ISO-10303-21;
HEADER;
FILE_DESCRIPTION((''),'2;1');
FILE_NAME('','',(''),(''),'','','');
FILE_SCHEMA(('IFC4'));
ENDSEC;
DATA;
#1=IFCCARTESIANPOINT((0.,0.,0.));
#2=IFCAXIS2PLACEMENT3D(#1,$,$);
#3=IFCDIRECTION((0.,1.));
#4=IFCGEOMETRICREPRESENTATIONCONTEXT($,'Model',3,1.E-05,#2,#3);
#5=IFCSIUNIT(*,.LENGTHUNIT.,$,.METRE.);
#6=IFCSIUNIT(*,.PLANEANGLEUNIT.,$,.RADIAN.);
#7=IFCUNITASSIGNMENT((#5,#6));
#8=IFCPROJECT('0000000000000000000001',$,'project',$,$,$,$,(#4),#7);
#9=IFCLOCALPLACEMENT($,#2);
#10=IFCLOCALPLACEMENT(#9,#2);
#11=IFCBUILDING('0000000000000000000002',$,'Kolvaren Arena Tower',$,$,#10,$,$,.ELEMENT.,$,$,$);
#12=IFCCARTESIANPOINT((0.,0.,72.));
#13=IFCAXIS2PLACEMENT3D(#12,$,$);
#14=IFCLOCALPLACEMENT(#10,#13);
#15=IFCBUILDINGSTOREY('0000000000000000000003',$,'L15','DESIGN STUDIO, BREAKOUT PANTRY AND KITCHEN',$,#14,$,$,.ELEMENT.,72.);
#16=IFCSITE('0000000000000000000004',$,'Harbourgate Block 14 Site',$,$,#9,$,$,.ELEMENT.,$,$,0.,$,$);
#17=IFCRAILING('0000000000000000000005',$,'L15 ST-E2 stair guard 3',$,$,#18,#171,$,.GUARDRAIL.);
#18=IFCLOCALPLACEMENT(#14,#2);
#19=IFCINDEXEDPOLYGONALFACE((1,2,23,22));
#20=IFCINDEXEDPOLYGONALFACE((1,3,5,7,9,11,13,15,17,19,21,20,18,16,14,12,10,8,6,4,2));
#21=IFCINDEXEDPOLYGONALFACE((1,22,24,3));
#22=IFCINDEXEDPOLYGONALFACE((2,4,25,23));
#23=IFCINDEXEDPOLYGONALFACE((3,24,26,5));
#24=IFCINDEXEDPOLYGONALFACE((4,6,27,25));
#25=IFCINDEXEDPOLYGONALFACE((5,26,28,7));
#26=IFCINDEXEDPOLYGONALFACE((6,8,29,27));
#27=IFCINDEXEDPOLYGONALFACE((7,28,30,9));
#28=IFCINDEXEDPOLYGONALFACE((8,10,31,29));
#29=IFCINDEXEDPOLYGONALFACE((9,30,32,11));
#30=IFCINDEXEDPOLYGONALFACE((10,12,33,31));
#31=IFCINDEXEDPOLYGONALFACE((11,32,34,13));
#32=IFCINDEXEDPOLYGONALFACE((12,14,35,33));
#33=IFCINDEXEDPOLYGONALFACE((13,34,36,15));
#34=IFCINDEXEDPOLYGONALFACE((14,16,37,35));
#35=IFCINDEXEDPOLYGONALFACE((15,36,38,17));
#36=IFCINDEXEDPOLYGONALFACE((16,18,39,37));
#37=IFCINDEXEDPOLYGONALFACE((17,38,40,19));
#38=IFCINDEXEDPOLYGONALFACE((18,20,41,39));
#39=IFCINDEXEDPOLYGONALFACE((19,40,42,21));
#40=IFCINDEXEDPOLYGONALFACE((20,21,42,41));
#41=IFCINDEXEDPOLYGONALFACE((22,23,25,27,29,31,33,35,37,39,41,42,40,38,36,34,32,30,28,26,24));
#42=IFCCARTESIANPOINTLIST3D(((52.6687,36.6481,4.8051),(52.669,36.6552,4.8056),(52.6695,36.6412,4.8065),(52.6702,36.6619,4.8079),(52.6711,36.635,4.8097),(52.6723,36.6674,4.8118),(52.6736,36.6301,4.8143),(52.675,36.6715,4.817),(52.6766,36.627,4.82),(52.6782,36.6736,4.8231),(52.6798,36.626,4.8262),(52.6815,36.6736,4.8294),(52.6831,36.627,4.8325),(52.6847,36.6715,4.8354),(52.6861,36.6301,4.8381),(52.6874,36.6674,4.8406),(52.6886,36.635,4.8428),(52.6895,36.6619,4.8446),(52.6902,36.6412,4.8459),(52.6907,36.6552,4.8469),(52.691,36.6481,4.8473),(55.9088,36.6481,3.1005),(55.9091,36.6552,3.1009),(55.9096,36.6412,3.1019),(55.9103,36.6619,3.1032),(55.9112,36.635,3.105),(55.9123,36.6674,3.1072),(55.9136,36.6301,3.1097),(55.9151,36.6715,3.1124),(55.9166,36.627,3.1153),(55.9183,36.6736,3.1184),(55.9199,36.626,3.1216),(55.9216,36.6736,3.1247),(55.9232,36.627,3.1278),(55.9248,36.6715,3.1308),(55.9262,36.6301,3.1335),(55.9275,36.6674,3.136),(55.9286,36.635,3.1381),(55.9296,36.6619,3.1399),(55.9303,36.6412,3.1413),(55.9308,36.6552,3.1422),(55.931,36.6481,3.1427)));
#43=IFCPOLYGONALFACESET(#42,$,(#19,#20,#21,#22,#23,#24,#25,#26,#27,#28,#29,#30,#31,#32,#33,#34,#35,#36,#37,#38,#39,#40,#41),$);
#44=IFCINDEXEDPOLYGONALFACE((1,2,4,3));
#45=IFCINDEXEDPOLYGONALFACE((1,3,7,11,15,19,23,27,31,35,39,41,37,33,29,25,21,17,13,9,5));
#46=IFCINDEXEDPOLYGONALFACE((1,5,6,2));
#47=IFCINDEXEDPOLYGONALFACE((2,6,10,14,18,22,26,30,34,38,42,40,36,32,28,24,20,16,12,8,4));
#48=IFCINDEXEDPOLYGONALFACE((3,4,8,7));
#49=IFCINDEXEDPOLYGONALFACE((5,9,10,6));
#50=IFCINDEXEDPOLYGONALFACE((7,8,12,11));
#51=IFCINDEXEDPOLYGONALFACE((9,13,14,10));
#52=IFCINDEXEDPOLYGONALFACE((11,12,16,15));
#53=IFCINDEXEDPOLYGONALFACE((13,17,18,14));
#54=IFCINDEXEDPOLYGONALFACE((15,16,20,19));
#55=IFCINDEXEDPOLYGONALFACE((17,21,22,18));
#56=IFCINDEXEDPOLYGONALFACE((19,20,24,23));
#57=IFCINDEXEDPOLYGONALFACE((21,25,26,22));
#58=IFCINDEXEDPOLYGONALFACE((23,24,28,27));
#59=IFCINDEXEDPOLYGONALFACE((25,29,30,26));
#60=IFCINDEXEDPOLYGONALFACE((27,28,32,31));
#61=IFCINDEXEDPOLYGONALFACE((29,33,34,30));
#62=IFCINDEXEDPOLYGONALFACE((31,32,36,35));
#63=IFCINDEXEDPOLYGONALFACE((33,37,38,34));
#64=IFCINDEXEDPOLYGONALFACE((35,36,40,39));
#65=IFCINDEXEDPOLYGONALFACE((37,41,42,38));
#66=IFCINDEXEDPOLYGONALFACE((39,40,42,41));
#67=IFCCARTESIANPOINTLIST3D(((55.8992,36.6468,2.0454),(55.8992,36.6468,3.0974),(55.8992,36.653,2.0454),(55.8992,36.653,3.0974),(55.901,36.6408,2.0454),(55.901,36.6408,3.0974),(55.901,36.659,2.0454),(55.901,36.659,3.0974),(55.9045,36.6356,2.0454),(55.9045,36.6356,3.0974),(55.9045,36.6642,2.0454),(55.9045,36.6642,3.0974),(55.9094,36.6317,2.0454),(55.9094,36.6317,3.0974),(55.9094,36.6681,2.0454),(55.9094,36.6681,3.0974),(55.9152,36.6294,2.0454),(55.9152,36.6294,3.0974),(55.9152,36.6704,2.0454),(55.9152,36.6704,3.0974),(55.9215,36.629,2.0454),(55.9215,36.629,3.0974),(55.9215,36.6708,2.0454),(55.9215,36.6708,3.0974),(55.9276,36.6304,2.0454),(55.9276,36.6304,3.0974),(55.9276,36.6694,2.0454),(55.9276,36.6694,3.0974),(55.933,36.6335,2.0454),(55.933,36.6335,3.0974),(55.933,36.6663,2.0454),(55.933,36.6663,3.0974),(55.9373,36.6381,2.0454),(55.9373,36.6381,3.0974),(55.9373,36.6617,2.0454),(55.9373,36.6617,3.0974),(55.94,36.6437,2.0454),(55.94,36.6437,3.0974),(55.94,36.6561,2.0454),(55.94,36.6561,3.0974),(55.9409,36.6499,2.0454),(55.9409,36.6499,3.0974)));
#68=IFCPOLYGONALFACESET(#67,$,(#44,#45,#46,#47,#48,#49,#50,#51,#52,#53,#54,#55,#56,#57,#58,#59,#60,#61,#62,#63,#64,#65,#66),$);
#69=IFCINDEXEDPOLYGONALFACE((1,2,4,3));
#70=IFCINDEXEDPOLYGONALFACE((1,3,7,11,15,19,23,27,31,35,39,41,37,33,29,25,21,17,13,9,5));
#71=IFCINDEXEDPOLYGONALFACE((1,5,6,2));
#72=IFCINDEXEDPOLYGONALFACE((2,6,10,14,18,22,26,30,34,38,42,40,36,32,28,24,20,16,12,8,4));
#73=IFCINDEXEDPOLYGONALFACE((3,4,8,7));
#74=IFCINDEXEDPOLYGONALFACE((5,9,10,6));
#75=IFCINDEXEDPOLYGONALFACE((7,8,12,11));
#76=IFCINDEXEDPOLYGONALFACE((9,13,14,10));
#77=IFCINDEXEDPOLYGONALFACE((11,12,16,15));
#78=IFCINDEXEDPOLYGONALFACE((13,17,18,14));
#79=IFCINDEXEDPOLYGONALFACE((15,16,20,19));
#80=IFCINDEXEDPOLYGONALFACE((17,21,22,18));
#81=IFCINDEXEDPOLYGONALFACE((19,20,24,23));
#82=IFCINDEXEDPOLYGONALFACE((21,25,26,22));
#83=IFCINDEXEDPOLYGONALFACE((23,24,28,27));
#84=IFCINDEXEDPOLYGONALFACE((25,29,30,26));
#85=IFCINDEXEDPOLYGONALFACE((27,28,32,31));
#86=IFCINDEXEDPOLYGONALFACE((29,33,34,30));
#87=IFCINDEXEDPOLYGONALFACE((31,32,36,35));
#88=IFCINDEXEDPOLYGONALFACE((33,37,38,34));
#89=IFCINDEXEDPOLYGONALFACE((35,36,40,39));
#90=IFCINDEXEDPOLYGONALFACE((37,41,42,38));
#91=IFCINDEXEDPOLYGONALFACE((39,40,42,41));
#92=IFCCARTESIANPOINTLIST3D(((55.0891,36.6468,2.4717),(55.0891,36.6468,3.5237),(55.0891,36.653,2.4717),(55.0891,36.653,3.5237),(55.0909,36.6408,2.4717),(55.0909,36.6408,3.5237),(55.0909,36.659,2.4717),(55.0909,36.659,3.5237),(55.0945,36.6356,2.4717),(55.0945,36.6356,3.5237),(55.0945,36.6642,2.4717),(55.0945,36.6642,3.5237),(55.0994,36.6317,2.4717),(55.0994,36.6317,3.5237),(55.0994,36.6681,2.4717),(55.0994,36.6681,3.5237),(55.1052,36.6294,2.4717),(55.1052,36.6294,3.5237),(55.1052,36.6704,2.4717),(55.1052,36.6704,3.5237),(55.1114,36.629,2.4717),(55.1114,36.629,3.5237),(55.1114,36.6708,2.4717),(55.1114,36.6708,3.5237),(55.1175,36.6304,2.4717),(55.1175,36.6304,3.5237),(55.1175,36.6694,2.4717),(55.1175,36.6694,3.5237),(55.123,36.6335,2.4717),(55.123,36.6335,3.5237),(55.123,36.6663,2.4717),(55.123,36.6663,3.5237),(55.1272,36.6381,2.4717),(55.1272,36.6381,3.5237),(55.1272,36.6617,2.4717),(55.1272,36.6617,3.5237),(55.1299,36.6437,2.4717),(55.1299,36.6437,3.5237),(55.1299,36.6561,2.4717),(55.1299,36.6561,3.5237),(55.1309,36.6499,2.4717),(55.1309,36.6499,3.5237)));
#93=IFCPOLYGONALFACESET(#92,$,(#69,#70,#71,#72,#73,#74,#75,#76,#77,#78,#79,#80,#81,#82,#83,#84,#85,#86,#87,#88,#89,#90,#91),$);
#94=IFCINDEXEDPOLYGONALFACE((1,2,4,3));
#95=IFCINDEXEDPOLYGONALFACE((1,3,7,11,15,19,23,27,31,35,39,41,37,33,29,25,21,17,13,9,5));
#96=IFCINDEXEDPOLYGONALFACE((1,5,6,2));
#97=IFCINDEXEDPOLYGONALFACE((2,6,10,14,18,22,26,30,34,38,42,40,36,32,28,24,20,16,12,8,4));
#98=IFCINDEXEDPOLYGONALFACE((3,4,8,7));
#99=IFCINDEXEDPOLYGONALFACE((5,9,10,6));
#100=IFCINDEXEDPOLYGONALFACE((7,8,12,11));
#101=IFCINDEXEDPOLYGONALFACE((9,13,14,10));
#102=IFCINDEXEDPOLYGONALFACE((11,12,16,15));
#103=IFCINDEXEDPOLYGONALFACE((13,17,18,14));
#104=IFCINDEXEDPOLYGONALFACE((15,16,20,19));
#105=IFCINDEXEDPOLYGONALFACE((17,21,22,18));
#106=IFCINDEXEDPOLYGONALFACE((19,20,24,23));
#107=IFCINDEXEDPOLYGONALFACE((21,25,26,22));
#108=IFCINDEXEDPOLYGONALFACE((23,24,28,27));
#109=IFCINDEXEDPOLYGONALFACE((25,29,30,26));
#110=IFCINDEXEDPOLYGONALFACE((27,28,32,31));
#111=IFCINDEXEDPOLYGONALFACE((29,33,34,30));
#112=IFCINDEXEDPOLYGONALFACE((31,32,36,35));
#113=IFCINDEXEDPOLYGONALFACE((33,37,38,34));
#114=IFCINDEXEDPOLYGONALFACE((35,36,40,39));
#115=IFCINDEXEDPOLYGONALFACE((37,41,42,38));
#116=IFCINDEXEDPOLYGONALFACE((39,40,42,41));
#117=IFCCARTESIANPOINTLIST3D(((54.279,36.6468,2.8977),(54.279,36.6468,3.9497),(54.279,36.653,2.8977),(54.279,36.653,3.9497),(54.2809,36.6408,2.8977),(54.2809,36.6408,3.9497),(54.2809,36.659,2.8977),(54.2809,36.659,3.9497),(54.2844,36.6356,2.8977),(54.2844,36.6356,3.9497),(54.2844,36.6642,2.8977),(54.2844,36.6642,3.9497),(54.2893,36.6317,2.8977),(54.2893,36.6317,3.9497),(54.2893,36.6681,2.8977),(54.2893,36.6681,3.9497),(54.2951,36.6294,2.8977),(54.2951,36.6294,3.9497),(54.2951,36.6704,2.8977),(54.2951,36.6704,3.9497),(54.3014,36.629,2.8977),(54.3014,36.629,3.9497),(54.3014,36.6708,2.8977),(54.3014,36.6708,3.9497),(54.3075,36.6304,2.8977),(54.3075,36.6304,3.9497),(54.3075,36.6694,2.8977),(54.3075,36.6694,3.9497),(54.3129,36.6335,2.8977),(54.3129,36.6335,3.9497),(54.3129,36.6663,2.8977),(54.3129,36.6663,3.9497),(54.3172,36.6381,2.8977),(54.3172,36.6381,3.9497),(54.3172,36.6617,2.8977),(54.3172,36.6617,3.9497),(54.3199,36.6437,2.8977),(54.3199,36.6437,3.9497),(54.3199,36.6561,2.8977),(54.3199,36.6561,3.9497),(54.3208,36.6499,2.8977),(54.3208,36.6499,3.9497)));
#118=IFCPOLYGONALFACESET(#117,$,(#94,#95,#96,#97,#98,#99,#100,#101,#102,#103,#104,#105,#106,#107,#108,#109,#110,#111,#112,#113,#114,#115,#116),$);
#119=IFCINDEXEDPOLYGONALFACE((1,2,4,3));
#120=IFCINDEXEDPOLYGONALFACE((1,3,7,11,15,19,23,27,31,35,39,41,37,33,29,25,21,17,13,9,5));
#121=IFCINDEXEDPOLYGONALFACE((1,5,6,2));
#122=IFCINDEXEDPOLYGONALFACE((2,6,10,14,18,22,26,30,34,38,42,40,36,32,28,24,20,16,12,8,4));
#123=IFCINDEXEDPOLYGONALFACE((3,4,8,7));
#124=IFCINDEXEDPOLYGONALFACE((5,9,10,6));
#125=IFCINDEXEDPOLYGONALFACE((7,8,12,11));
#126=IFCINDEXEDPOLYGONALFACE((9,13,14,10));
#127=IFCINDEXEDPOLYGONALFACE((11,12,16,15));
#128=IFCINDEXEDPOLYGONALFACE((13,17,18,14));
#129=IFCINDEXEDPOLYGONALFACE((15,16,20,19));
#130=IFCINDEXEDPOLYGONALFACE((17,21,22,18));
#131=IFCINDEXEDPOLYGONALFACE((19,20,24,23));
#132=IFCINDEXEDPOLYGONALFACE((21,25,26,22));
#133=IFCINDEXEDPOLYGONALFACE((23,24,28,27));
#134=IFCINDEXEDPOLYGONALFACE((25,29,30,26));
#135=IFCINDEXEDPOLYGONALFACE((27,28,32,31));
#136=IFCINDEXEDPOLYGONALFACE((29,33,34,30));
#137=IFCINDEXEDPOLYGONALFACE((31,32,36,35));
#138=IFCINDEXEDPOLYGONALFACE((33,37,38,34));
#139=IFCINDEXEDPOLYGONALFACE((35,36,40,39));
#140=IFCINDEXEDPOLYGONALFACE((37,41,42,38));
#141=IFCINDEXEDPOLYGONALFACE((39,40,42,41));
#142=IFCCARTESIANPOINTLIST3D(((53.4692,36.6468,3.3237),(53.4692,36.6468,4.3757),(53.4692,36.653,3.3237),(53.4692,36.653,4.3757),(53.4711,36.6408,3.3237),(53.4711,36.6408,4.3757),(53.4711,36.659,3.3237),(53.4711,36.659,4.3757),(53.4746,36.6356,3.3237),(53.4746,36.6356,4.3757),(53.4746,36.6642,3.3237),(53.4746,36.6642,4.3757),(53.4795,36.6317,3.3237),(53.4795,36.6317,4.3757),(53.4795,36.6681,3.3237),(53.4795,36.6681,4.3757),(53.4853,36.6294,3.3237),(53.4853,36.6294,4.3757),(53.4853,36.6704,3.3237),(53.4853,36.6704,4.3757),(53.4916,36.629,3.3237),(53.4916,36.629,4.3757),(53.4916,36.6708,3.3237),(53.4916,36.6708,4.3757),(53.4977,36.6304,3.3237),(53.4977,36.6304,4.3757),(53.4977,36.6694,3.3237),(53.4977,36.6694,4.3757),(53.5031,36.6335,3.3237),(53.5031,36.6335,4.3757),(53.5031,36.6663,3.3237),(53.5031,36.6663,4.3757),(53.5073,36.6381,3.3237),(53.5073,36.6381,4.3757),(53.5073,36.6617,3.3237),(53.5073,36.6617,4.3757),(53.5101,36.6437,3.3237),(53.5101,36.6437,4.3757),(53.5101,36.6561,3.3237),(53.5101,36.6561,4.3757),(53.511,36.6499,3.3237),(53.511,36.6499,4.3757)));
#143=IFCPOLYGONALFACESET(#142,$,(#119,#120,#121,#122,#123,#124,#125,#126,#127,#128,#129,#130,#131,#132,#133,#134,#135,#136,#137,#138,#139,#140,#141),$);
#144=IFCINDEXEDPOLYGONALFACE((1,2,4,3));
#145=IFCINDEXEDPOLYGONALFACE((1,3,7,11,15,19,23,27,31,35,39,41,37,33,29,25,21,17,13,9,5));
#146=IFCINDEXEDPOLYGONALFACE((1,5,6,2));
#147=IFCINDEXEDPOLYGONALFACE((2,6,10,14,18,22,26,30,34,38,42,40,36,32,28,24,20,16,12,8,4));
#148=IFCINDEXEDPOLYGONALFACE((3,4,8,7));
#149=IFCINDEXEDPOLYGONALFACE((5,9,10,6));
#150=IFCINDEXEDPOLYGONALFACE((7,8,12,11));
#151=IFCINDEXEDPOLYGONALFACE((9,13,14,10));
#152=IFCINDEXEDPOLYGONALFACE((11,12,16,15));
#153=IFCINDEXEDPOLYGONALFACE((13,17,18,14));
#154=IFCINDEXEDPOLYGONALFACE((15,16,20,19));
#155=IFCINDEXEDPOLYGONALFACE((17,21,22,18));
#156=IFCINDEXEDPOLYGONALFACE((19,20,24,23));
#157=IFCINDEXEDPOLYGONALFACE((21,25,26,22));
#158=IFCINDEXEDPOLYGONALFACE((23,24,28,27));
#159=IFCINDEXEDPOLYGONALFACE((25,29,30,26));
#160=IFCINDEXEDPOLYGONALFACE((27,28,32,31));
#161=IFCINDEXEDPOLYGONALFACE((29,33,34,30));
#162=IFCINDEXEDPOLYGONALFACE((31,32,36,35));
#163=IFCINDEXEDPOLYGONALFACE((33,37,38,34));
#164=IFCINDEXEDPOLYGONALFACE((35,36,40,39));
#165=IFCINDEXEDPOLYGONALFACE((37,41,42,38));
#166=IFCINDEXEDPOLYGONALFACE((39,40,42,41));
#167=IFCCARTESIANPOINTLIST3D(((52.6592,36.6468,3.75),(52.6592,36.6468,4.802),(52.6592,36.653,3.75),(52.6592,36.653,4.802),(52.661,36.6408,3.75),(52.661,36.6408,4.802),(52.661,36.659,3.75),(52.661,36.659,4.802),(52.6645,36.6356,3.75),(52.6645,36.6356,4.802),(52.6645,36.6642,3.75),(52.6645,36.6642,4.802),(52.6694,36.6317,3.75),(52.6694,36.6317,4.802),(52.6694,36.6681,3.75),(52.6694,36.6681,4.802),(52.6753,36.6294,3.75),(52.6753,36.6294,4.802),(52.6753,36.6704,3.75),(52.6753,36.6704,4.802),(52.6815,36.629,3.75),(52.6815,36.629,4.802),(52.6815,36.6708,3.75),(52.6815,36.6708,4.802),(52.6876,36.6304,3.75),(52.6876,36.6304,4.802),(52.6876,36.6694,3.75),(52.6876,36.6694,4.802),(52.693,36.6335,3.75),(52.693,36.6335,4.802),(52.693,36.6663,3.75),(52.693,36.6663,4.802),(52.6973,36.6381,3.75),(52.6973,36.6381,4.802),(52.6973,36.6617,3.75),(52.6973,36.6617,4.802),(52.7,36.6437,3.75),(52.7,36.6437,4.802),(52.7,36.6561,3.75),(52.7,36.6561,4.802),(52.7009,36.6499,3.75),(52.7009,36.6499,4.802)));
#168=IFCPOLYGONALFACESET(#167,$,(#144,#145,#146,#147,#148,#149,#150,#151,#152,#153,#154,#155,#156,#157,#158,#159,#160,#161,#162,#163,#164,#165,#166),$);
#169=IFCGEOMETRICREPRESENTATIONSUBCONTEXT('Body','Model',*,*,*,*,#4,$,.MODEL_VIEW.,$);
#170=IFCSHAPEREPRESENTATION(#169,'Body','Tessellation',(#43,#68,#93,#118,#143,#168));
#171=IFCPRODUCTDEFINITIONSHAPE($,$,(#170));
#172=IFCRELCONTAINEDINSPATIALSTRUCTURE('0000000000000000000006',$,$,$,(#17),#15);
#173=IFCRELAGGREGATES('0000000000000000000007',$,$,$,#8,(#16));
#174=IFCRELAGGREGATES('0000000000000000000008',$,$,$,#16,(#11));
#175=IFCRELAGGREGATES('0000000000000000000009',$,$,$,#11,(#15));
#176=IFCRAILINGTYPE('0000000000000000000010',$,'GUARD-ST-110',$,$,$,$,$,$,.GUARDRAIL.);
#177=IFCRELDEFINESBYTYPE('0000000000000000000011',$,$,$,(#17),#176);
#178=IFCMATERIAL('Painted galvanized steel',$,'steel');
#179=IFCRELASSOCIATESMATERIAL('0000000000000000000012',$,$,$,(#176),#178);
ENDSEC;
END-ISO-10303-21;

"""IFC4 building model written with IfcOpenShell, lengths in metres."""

from ifc_helpers import new_model, si_unit, direction, frame, origin, origin_2d, place, context, subcontext, project, spatial, circle, extrude, material, type_object, element, save


model = new_model("IFC4")

# Units and contexts
model_context = context("Model", 3, precision=1e-05, world=origin(), true_north=direction((0.0, 1.0)))
body_context = subcontext(model_context, "Body", "Model", "MODEL_VIEW")
ifc_project = project(units=[si_unit("LENGTHUNIT", "METRE"), si_unit("PLANEANGLEUNIT", "RADIAN")], contexts=[model_context])

# Site, building, storey
site_placement = place(None, origin())
site = spatial("IfcSite", under=ifc_project, at=site_placement, Name="Harbourgate Block 14 Site", CompositionType="ELEMENT", RefElevation=0.0)
building_placement = place(site_placement, origin())
building = spatial("IfcBuilding", under=site, at=building_placement, Name="Kolvaren Arena Tower", CompositionType="ELEMENT")
storey_placement = place(building_placement, frame((0.0, 0.0, 72.0)))
storey = spatial("IfcBuildingStorey", under=building, at=storey_placement, Name="L15", Description="DESIGN STUDIO, BREAKOUT PANTRY AND KITCHEN", CompositionType="ELEMENT", Elevation=72.0)

# Railing
ifc_material_1 = material(Name="Painted galvanized steel", Category="steel")
railing_type_1 = type_object("IfcRailingType", Name="GUARD-ST-110", PredefinedType="GUARDRAIL", material=ifc_material_1)
railing_1_placement = place(storey_placement, frame((55.9199, 36.6499, 2.0454)))
element("IfcRailing", 1, at=railing_1_placement, inside=storey, type_object=railing_type_1, Name="L15 ST-E2 stair guard 3", PredefinedType="GUARDRAIL", context=body_context, shape_type="SweptSolid", body=[
    extrude(circle(Radius=0.0239, at=origin_2d()), frame((0.0, 0.0, 1.0762), z_axis=(-0.884993, 0.0, 0.465604), x_axis=(0.0, -1.0, 0.0)), (0.0, 0.0, 1.0), 3.6611),
    extrude(circle(Radius=0.021, at=origin_2d()), origin(), (0.0, 0.0, 1.0), 1.052),
    extrude(circle(Radius=0.021, at=origin_2d()), frame((-0.8101, 0.0, 0.4263)), (0.0, 0.0, 1.0), 1.052),
    extrude(circle(Radius=0.021, at=origin_2d()), frame((-1.6201, 0.0, 0.8523)), (0.0, 0.0, 1.0), 1.052),
    extrude(circle(Radius=0.021, at=origin_2d()), frame((-2.4299, 0.0, 1.2783)), (0.0, 0.0, 1.0), 1.052),
    extrude(circle(Radius=0.021, at=origin_2d()), frame((-3.24, 0.0, 1.7046)), (0.0, 0.0, 1.0), 1.052),
])

save(model, "model.ifc")
